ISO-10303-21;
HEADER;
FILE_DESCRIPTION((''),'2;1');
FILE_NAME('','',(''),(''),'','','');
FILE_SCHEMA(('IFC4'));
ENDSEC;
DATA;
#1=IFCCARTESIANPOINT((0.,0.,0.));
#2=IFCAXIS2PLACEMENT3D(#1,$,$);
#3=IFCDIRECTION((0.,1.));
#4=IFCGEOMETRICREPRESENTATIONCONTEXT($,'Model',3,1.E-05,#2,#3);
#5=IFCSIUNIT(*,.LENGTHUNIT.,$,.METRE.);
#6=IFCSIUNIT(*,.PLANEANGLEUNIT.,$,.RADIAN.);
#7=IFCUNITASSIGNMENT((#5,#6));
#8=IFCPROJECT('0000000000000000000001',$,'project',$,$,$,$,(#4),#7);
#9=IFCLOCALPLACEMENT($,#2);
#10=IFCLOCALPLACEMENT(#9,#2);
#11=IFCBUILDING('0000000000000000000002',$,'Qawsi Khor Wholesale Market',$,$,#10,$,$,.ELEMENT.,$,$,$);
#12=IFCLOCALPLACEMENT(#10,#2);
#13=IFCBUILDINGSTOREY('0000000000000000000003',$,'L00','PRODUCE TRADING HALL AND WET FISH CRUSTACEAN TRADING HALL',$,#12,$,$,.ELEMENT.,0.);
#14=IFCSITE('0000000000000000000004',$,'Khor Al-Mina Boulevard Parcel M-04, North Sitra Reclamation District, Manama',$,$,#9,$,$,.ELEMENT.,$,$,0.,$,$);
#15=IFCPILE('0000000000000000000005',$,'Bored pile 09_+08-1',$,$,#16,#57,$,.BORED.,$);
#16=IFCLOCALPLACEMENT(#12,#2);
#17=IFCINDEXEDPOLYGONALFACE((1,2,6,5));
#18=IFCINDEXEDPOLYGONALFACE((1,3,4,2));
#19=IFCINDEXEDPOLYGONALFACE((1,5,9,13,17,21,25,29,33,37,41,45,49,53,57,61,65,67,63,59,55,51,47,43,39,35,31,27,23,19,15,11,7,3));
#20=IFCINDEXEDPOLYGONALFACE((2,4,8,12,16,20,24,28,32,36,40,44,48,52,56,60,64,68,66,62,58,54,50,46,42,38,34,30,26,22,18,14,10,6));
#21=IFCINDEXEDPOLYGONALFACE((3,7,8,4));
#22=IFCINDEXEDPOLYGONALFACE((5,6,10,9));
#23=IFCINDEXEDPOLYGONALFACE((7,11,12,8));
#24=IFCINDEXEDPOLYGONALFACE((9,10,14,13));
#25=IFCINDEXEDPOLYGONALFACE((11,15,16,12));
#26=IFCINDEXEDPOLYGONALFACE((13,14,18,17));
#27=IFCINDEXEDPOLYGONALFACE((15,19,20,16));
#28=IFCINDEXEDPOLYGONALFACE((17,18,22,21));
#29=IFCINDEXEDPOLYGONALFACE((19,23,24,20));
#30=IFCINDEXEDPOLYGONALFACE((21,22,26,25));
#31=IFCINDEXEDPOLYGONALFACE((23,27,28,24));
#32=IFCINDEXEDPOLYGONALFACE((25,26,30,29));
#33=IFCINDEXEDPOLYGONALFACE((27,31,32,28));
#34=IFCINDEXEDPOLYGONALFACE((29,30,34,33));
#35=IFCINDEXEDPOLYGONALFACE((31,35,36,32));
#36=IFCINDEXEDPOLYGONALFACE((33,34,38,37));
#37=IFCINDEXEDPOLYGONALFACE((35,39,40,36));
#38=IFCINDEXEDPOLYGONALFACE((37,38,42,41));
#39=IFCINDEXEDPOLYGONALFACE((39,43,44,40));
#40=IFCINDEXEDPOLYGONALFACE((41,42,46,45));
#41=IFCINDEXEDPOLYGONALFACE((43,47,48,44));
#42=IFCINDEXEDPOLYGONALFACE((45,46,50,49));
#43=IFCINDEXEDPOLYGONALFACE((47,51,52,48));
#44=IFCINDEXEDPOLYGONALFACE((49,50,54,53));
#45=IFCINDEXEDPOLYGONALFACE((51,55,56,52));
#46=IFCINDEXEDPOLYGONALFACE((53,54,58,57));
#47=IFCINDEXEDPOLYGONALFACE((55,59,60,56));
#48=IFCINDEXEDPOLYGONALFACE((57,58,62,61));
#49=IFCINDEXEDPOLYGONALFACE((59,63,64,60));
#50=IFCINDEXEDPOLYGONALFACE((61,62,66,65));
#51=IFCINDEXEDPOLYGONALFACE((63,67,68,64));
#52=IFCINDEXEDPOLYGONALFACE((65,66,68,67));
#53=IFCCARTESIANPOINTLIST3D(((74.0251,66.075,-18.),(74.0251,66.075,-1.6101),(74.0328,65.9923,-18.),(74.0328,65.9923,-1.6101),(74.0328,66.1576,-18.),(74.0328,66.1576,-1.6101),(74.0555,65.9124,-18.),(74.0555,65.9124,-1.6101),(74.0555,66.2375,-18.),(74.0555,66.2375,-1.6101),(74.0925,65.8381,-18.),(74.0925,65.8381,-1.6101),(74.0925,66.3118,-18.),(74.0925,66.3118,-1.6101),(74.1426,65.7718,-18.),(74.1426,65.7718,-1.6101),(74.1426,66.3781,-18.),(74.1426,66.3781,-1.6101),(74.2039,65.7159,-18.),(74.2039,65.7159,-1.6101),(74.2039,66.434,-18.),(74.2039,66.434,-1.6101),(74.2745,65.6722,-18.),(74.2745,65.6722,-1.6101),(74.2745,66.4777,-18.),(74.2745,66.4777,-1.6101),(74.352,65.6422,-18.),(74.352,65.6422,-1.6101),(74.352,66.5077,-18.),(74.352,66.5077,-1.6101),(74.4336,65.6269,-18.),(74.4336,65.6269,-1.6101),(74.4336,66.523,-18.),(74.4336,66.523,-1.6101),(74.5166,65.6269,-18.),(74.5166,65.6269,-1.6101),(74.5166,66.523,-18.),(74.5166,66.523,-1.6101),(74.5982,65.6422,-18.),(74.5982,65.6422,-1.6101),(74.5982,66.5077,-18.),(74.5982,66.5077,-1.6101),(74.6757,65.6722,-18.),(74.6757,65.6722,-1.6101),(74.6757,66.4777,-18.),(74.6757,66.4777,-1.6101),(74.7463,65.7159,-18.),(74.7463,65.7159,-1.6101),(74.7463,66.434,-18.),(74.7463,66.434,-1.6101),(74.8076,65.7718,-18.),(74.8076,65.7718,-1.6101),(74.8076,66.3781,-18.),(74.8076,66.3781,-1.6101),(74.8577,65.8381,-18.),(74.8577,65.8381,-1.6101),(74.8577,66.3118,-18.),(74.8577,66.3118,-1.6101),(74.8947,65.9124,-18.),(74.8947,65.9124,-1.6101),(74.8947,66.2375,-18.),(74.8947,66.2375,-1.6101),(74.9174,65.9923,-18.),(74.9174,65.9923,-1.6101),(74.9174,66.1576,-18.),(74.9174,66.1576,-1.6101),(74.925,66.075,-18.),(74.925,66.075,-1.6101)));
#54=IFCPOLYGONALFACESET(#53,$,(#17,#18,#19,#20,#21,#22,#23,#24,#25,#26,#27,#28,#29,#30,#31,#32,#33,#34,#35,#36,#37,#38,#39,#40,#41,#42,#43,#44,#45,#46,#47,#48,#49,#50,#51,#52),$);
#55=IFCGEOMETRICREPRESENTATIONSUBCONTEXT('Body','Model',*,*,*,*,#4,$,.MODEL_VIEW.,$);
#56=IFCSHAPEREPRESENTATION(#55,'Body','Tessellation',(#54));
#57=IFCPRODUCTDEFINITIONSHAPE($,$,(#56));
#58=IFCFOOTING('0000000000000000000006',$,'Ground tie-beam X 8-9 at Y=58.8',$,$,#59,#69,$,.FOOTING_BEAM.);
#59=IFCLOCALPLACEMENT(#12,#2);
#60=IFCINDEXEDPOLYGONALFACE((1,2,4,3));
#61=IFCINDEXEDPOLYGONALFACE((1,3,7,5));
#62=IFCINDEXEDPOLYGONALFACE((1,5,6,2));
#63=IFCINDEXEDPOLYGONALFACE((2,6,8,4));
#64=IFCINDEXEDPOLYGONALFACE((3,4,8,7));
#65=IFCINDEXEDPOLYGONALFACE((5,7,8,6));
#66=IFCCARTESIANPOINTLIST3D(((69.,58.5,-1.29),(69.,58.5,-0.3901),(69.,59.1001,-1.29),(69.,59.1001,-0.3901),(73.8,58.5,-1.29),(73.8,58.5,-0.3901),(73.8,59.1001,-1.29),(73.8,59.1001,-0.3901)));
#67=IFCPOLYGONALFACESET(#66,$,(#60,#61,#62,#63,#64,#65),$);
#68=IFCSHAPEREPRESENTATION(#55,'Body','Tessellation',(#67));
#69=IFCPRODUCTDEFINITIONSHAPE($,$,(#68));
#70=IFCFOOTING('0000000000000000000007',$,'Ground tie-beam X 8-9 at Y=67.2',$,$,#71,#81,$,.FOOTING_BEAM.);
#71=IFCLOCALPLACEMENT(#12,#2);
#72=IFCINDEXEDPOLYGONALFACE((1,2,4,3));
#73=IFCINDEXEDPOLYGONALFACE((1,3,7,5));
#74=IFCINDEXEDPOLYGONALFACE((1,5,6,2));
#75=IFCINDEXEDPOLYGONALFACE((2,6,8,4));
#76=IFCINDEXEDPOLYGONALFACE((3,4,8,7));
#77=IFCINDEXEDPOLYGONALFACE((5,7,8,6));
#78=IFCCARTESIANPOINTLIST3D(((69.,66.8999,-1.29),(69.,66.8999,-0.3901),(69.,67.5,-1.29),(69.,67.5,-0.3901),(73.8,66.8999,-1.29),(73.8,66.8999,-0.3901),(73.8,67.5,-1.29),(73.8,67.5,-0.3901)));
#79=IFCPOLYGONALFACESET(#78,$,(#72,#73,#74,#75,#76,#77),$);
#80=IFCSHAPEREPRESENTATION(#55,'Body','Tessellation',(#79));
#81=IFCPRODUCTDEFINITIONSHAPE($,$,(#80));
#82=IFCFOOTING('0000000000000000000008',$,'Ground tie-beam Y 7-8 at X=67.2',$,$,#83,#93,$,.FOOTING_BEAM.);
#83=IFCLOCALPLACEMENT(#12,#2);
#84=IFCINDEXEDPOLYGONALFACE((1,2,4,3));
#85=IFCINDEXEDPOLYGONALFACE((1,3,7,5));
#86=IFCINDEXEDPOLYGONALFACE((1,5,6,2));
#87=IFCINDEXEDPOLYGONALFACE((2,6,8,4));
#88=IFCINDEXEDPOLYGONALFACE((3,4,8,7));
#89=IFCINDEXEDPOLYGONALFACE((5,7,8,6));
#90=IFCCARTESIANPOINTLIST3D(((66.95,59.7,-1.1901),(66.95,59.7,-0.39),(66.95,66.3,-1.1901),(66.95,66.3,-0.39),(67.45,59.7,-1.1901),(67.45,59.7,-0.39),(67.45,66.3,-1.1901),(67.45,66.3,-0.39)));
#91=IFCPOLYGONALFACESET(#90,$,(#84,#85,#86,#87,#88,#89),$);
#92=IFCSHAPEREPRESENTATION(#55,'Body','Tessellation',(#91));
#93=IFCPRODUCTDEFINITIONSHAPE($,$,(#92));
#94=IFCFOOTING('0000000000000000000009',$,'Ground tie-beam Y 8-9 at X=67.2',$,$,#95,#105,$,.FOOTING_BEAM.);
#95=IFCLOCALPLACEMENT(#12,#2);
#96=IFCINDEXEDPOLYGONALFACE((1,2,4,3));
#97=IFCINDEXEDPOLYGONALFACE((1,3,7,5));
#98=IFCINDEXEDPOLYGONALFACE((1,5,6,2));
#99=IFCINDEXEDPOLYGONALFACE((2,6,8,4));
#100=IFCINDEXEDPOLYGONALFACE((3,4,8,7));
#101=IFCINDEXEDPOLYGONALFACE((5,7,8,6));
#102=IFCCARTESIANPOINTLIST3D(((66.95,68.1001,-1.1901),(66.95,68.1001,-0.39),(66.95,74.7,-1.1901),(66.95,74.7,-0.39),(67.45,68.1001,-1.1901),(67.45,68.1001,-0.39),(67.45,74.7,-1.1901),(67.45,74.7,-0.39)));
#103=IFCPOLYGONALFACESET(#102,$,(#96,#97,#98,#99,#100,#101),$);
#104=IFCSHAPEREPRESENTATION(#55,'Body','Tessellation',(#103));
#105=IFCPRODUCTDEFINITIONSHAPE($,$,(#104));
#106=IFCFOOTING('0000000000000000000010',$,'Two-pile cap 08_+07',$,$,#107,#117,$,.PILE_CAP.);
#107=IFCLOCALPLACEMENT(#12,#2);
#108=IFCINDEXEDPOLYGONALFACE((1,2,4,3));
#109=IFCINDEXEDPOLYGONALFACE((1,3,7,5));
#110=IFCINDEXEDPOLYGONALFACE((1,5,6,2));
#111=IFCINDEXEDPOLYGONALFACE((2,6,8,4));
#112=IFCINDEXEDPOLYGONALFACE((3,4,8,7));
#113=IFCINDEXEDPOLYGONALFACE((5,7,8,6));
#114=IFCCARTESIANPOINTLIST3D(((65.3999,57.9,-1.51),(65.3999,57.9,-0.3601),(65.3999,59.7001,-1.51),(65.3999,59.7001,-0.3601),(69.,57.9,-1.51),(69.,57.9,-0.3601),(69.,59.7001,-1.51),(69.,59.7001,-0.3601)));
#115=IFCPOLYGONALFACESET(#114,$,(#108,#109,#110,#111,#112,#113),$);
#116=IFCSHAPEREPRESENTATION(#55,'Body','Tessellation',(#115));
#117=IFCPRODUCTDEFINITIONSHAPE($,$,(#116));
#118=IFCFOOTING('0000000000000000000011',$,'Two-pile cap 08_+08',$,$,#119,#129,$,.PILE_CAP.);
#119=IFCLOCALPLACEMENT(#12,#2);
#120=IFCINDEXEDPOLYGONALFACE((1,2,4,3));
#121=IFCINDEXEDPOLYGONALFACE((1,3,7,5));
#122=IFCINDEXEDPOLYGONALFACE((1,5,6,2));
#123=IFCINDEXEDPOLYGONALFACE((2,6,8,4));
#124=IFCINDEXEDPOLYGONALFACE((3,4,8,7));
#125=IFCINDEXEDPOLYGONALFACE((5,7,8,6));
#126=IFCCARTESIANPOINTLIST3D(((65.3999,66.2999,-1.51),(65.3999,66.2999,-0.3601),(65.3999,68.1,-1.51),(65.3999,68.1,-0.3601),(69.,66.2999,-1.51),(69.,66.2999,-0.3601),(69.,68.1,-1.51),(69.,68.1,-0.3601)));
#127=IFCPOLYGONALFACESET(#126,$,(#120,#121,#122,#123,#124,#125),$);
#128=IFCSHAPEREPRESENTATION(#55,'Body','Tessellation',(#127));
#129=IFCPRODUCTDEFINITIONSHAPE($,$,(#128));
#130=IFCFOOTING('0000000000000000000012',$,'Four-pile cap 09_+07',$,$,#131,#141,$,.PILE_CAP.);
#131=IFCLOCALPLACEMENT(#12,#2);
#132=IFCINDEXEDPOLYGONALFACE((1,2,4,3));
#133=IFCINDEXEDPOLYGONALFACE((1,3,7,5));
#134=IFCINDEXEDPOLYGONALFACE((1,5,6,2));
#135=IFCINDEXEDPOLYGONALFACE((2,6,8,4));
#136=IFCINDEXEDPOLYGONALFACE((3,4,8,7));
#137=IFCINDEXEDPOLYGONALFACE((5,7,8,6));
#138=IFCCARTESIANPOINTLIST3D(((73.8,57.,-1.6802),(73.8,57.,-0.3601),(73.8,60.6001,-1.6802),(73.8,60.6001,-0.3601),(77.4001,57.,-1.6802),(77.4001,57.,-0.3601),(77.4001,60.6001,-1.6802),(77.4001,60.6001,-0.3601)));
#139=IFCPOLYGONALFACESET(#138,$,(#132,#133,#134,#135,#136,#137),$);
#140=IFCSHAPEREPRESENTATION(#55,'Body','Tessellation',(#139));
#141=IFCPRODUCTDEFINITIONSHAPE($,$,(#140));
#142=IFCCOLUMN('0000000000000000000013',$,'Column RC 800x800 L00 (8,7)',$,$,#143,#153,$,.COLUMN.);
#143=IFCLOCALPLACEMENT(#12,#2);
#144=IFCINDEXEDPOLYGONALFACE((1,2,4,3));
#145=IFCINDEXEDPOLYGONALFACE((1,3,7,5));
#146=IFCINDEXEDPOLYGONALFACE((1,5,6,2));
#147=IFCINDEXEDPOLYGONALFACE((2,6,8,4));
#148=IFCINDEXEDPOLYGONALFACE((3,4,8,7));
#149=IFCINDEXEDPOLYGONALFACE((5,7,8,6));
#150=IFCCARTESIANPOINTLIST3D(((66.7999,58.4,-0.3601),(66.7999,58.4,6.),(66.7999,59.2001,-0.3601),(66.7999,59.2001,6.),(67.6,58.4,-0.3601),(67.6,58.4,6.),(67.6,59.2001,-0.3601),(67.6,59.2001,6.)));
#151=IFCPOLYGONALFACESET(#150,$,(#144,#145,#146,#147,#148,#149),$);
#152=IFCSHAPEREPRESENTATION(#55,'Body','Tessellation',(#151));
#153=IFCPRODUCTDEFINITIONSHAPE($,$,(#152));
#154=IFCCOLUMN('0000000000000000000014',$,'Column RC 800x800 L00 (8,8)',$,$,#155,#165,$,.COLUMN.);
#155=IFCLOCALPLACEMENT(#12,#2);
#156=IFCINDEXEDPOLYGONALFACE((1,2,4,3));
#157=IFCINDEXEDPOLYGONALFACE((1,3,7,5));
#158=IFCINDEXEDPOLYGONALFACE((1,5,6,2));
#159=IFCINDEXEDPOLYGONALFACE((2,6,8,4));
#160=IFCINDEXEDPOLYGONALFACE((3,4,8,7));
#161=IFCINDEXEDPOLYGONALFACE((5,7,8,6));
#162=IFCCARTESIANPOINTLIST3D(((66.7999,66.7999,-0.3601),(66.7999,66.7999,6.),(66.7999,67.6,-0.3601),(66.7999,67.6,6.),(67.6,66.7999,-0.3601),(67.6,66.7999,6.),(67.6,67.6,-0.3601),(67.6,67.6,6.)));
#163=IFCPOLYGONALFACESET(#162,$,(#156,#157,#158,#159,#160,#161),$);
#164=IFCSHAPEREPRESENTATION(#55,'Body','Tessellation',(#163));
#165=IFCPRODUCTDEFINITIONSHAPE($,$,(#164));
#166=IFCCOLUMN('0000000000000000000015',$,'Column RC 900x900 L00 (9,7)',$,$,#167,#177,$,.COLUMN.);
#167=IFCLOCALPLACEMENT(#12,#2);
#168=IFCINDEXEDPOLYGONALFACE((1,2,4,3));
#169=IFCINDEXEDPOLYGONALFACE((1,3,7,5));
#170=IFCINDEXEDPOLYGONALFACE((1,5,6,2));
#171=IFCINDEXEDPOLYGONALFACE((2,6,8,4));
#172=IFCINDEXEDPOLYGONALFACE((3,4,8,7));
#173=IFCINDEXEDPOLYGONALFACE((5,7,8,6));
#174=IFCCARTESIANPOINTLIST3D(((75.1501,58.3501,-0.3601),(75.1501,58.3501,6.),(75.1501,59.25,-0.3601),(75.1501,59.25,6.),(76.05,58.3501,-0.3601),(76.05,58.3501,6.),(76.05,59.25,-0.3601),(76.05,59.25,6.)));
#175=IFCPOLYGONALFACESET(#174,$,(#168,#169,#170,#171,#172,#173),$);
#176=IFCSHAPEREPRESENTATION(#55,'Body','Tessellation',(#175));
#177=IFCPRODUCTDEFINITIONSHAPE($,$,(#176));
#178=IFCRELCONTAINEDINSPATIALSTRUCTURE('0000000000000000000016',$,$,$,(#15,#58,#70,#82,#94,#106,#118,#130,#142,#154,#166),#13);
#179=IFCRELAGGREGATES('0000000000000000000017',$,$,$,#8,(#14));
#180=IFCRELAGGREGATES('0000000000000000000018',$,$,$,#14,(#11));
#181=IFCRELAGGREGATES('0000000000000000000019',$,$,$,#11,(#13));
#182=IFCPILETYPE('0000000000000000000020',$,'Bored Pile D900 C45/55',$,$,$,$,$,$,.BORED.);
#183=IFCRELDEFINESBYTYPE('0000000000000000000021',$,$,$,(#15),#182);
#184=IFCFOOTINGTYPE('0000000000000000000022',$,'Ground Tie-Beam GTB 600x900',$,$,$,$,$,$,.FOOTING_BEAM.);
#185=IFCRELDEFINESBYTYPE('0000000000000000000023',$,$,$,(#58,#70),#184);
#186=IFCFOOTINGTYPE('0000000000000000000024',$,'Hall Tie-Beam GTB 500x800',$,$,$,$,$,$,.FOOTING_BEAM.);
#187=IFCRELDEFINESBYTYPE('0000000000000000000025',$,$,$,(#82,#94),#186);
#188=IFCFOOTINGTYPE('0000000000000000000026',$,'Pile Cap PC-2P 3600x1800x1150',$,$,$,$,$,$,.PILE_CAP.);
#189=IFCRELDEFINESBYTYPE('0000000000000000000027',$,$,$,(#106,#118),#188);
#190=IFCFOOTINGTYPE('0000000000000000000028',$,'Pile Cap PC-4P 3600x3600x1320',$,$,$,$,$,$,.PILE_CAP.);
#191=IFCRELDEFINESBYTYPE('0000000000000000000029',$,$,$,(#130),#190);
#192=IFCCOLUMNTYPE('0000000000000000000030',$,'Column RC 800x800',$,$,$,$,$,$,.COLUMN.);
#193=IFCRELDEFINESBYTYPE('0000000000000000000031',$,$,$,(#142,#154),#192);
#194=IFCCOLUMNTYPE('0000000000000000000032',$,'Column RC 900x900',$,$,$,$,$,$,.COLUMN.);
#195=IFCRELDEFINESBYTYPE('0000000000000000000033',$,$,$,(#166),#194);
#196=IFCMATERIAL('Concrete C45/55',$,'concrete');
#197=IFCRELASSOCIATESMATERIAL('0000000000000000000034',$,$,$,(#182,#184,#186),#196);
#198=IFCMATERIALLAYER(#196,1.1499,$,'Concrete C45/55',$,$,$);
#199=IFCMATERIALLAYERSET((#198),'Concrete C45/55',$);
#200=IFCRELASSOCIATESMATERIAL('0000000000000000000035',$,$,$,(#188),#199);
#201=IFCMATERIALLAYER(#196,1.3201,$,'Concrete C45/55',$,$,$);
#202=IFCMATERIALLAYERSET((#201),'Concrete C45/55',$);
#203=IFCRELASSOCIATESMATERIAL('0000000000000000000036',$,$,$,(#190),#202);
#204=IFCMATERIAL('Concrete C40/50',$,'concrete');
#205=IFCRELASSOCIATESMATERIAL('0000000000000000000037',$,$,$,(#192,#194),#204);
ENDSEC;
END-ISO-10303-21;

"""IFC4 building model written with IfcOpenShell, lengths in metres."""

from ifc_helpers import new_model, si_unit, direction, frame, origin, origin_2d, place, context, subcontext, project, spatial, rectangle, circle, extrude, material, layer, layer_set, material_profile, profile_set, type_object, element, save


model = new_model("IFC4")

# Units and contexts
model_context = context("Model", 3, precision=1e-05, world=origin(), true_north=direction((0.0, 1.0)))
body_context = subcontext(model_context, "Body", "Model", "MODEL_VIEW")
ifc_project = project(units=[si_unit("LENGTHUNIT", "METRE"), si_unit("PLANEANGLEUNIT", "RADIAN")], contexts=[model_context])

# Site, building, storey
site_placement = place(None, origin())
site = spatial("IfcSite", under=ifc_project, at=site_placement, Name="Khor Al-Mina Boulevard Parcel M-04, North Sitra Reclamation District, Manama", CompositionType="ELEMENT", RefElevation=0.0)
building_placement = place(site_placement, origin())
building = spatial("IfcBuilding", under=site, at=building_placement, Name="Qawsi Khor Wholesale Market", CompositionType="ELEMENT")
storey_placement = place(building_placement, origin())
storey = spatial("IfcBuildingStorey", under=building, at=storey_placement, Name="L00", Description="PRODUCE TRADING HALL AND WET FISH CRUSTACEAN TRADING HALL", CompositionType="ELEMENT", Elevation=0.0)

# Pile
ifc_material_1 = material(Name="Concrete C45/55", Category="concrete")
ifc_material_profile_1 = material_profile(ifc_material_1, circle(Radius=0.45, at=origin_2d()), Name="PILE D900")
ifc_profile_set_1 = profile_set([ifc_material_profile_1], Name="Concrete C45/55")
pile_type = type_object("IfcPileType", Name="Bored Pile D900 C45/55", PredefinedType="BORED", material=ifc_profile_set_1)
for number, where, z_axis, x_axis, name in (
    (1, (74.4751, 66.075, -1.6101), (0.0, 0.0, -1.0), (1.0, 0.0, 0.0), "Bored pile 09_+08-1"),
):
    element("IfcPile", number, at=place(storey_placement, frame(where, z_axis=z_axis, x_axis=x_axis)), inside=storey, type_object=pile_type, Name=name, PredefinedType="BORED", context=body_context, shape_type="SweptSolid", body=[
        extrude(circle(Radius=0.45, at=origin_2d()), origin(), (0.0, 0.0, 1.0), 16.3899),
    ])

# Footings
ifc_material_profile_2 = material_profile(ifc_material_1, rectangle(XDim=0.6001, YDim=0.8999, at=origin_2d()), Name="RC 600x900")
ifc_profile_set_2 = profile_set([ifc_material_profile_2], Name="Concrete C45/55")
footing_type_1 = type_object("IfcFootingType", Name="Ground Tie-Beam GTB 600x900", PredefinedType="FOOTING_BEAM", material=ifc_profile_set_2)
for number, where, z_axis, x_axis, name in (
    (2, (69.0, 58.8, -0.8401), (1.0, 0.0, 0.0), (0.0, 1.0, 0.0), "Ground tie-beam X 8-9 at Y=58.8"),
    (3, (69.0, 67.2, -0.8401), (1.0, 0.0, 0.0), (0.0, 1.0, 0.0), "Ground tie-beam X 8-9 at Y=67.2"),
):
    element("IfcFooting", number, at=place(storey_placement, frame(where, z_axis=z_axis, x_axis=x_axis)), inside=storey, type_object=footing_type_1, Name=name, PredefinedType="FOOTING_BEAM", context=body_context, shape_type="SweptSolid", body=[
        extrude(rectangle(XDim=0.6001, YDim=0.8999, at=origin_2d()), origin(), (0.0, 0.0, 1.0), 4.8),
    ])
ifc_material_profile_3 = material_profile(ifc_material_1, rectangle(XDim=0.5, YDim=0.8, at=origin_2d()), Name="RC 500x800")
ifc_profile_set_3 = profile_set([ifc_material_profile_3], Name="Concrete C45/55")
footing_type_2 = type_object("IfcFootingType", Name="Hall Tie-Beam GTB 500x800", PredefinedType="FOOTING_BEAM", material=ifc_profile_set_3)
footing_1_placement = place(storey_placement, frame((67.2, 59.7, -0.79), z_axis=(0.0, 1.0, 0.0), x_axis=(-1.0, 0.0, 0.0)))
element("IfcFooting", 4, at=footing_1_placement, inside=storey, type_object=footing_type_2, Name="Ground tie-beam Y 7-8 at X=67.2", PredefinedType="FOOTING_BEAM", context=body_context, shape_type="SweptSolid", body=[
    extrude(rectangle(XDim=0.5, YDim=0.8, at=origin_2d()), origin(), (0.0, 0.0, 1.0), 6.6001),
])
footing_2_placement = place(storey_placement, frame((67.2, 68.1001, -0.79), z_axis=(0.0, 1.0, 0.0), x_axis=(-1.0, 0.0, 0.0)))
element("IfcFooting", 5, at=footing_2_placement, inside=storey, type_object=footing_type_2, Name="Ground tie-beam Y 8-9 at X=67.2", PredefinedType="FOOTING_BEAM", context=body_context, shape_type="SweptSolid", body=[
    extrude(rectangle(XDim=0.5, YDim=0.8, at=origin_2d()), origin(), (0.0, 0.0, 1.0), 6.5999),
])
ifc_layer_1 = layer(ifc_material_1, 1.1499, Name="Concrete C45/55")
ifc_layer_set_1 = layer_set([ifc_layer_1], Name="Concrete C45/55")
footing_type_3 = type_object("IfcFootingType", Name="Pile Cap PC-2P 3600x1800x1150", PredefinedType="PILE_CAP", material=ifc_layer_set_1)
for number, where, z_axis, x_axis, name in (
    (6, (67.2, 58.8, -1.51), (0.0, 0.0, 1.0), (1.0, 0.0, 0.0), "Two-pile cap 08_+07"),
    (7, (67.2, 67.2, -1.51), (0.0, 0.0, 1.0), (1.0, 0.0, 0.0), "Two-pile cap 08_+08"),
):
    element("IfcFooting", number, at=place(storey_placement, frame(where, z_axis=z_axis, x_axis=x_axis)), inside=storey, type_object=footing_type_3, Name=name, PredefinedType="PILE_CAP", context=body_context, shape_type="SweptSolid", body=[
        extrude(rectangle(XDim=3.6001, YDim=1.8, at=origin_2d()), origin(), (0.0, 0.0, 1.0), 1.1499),
    ])
ifc_layer_2 = layer(ifc_material_1, 1.3201, Name="Concrete C45/55")
ifc_layer_set_2 = layer_set([ifc_layer_2], Name="Concrete C45/55")
footing_type_4 = type_object("IfcFootingType", Name="Pile Cap PC-4P 3600x3600x1320", PredefinedType="PILE_CAP", material=ifc_layer_set_2)
footing_3_placement = place(storey_placement, frame((75.6001, 58.8, -1.6802), z_axis=(0.0, 0.0, 1.0), x_axis=(1.0, 0.0, 0.0)))
element("IfcFooting", 8, at=footing_3_placement, inside=storey, type_object=footing_type_4, Name="Four-pile cap 09_+07", PredefinedType="PILE_CAP", context=body_context, shape_type="SweptSolid", body=[
    extrude(rectangle(XDim=3.6001, YDim=3.6001, at=origin_2d()), origin(), (0.0, 0.0, 1.0), 1.3201),
])

# Columns
ifc_material_2 = material(Name="Concrete C40/50", Category="concrete")
ifc_material_profile_4 = material_profile(ifc_material_2, rectangle(XDim=0.8, YDim=0.8, at=origin_2d()), Name="RC 800x800")
ifc_profile_set_4 = profile_set([ifc_material_profile_4], Name="Concrete C40/50")
column_type_1 = type_object("IfcColumnType", Name="Column RC 800x800", PredefinedType="COLUMN", material=ifc_profile_set_4)
for number, where, z_axis, x_axis, name in (
    (9, (67.2, 58.8, -0.3601), (0.0, 0.0, 1.0), (1.0, 0.0, 0.0), "Column RC 800x800 L00 (8,7)"),
    (10, (67.2, 67.2, -0.3601), (0.0, 0.0, 1.0), (1.0, 0.0, 0.0), "Column RC 800x800 L00 (8,8)"),
):
    element("IfcColumn", number, at=place(storey_placement, frame(where, z_axis=z_axis, x_axis=x_axis)), inside=storey, type_object=column_type_1, Name=name, PredefinedType="COLUMN", context=body_context, shape_type="SweptSolid", body=[
        extrude(rectangle(XDim=0.8, YDim=0.8, at=origin_2d()), origin(), (0.0, 0.0, 1.0), 6.3601),
    ])
ifc_material_profile_5 = material_profile(ifc_material_2, rectangle(XDim=0.8999, YDim=0.8999, at=origin_2d()), Name="RC 900x900")
ifc_profile_set_5 = profile_set([ifc_material_profile_5], Name="Concrete C40/50")
column_type_2 = type_object("IfcColumnType", Name="Column RC 900x900", PredefinedType="COLUMN", material=ifc_profile_set_5)
column_placement = place(storey_placement, frame((75.6001, 58.8, -0.3601), z_axis=(0.0, 0.0, 1.0), x_axis=(1.0, 0.0, 0.0)))
element("IfcColumn", 11, at=column_placement, inside=storey, type_object=column_type_2, Name="Column RC 900x900 L00 (9,7)", PredefinedType="COLUMN", context=body_context, shape_type="SweptSolid", body=[
    extrude(rectangle(XDim=0.8999, YDim=0.8999, at=origin_2d()), origin(), (0.0, 0.0, 1.0), 6.3601),
])

save(model, "model.ifc")
